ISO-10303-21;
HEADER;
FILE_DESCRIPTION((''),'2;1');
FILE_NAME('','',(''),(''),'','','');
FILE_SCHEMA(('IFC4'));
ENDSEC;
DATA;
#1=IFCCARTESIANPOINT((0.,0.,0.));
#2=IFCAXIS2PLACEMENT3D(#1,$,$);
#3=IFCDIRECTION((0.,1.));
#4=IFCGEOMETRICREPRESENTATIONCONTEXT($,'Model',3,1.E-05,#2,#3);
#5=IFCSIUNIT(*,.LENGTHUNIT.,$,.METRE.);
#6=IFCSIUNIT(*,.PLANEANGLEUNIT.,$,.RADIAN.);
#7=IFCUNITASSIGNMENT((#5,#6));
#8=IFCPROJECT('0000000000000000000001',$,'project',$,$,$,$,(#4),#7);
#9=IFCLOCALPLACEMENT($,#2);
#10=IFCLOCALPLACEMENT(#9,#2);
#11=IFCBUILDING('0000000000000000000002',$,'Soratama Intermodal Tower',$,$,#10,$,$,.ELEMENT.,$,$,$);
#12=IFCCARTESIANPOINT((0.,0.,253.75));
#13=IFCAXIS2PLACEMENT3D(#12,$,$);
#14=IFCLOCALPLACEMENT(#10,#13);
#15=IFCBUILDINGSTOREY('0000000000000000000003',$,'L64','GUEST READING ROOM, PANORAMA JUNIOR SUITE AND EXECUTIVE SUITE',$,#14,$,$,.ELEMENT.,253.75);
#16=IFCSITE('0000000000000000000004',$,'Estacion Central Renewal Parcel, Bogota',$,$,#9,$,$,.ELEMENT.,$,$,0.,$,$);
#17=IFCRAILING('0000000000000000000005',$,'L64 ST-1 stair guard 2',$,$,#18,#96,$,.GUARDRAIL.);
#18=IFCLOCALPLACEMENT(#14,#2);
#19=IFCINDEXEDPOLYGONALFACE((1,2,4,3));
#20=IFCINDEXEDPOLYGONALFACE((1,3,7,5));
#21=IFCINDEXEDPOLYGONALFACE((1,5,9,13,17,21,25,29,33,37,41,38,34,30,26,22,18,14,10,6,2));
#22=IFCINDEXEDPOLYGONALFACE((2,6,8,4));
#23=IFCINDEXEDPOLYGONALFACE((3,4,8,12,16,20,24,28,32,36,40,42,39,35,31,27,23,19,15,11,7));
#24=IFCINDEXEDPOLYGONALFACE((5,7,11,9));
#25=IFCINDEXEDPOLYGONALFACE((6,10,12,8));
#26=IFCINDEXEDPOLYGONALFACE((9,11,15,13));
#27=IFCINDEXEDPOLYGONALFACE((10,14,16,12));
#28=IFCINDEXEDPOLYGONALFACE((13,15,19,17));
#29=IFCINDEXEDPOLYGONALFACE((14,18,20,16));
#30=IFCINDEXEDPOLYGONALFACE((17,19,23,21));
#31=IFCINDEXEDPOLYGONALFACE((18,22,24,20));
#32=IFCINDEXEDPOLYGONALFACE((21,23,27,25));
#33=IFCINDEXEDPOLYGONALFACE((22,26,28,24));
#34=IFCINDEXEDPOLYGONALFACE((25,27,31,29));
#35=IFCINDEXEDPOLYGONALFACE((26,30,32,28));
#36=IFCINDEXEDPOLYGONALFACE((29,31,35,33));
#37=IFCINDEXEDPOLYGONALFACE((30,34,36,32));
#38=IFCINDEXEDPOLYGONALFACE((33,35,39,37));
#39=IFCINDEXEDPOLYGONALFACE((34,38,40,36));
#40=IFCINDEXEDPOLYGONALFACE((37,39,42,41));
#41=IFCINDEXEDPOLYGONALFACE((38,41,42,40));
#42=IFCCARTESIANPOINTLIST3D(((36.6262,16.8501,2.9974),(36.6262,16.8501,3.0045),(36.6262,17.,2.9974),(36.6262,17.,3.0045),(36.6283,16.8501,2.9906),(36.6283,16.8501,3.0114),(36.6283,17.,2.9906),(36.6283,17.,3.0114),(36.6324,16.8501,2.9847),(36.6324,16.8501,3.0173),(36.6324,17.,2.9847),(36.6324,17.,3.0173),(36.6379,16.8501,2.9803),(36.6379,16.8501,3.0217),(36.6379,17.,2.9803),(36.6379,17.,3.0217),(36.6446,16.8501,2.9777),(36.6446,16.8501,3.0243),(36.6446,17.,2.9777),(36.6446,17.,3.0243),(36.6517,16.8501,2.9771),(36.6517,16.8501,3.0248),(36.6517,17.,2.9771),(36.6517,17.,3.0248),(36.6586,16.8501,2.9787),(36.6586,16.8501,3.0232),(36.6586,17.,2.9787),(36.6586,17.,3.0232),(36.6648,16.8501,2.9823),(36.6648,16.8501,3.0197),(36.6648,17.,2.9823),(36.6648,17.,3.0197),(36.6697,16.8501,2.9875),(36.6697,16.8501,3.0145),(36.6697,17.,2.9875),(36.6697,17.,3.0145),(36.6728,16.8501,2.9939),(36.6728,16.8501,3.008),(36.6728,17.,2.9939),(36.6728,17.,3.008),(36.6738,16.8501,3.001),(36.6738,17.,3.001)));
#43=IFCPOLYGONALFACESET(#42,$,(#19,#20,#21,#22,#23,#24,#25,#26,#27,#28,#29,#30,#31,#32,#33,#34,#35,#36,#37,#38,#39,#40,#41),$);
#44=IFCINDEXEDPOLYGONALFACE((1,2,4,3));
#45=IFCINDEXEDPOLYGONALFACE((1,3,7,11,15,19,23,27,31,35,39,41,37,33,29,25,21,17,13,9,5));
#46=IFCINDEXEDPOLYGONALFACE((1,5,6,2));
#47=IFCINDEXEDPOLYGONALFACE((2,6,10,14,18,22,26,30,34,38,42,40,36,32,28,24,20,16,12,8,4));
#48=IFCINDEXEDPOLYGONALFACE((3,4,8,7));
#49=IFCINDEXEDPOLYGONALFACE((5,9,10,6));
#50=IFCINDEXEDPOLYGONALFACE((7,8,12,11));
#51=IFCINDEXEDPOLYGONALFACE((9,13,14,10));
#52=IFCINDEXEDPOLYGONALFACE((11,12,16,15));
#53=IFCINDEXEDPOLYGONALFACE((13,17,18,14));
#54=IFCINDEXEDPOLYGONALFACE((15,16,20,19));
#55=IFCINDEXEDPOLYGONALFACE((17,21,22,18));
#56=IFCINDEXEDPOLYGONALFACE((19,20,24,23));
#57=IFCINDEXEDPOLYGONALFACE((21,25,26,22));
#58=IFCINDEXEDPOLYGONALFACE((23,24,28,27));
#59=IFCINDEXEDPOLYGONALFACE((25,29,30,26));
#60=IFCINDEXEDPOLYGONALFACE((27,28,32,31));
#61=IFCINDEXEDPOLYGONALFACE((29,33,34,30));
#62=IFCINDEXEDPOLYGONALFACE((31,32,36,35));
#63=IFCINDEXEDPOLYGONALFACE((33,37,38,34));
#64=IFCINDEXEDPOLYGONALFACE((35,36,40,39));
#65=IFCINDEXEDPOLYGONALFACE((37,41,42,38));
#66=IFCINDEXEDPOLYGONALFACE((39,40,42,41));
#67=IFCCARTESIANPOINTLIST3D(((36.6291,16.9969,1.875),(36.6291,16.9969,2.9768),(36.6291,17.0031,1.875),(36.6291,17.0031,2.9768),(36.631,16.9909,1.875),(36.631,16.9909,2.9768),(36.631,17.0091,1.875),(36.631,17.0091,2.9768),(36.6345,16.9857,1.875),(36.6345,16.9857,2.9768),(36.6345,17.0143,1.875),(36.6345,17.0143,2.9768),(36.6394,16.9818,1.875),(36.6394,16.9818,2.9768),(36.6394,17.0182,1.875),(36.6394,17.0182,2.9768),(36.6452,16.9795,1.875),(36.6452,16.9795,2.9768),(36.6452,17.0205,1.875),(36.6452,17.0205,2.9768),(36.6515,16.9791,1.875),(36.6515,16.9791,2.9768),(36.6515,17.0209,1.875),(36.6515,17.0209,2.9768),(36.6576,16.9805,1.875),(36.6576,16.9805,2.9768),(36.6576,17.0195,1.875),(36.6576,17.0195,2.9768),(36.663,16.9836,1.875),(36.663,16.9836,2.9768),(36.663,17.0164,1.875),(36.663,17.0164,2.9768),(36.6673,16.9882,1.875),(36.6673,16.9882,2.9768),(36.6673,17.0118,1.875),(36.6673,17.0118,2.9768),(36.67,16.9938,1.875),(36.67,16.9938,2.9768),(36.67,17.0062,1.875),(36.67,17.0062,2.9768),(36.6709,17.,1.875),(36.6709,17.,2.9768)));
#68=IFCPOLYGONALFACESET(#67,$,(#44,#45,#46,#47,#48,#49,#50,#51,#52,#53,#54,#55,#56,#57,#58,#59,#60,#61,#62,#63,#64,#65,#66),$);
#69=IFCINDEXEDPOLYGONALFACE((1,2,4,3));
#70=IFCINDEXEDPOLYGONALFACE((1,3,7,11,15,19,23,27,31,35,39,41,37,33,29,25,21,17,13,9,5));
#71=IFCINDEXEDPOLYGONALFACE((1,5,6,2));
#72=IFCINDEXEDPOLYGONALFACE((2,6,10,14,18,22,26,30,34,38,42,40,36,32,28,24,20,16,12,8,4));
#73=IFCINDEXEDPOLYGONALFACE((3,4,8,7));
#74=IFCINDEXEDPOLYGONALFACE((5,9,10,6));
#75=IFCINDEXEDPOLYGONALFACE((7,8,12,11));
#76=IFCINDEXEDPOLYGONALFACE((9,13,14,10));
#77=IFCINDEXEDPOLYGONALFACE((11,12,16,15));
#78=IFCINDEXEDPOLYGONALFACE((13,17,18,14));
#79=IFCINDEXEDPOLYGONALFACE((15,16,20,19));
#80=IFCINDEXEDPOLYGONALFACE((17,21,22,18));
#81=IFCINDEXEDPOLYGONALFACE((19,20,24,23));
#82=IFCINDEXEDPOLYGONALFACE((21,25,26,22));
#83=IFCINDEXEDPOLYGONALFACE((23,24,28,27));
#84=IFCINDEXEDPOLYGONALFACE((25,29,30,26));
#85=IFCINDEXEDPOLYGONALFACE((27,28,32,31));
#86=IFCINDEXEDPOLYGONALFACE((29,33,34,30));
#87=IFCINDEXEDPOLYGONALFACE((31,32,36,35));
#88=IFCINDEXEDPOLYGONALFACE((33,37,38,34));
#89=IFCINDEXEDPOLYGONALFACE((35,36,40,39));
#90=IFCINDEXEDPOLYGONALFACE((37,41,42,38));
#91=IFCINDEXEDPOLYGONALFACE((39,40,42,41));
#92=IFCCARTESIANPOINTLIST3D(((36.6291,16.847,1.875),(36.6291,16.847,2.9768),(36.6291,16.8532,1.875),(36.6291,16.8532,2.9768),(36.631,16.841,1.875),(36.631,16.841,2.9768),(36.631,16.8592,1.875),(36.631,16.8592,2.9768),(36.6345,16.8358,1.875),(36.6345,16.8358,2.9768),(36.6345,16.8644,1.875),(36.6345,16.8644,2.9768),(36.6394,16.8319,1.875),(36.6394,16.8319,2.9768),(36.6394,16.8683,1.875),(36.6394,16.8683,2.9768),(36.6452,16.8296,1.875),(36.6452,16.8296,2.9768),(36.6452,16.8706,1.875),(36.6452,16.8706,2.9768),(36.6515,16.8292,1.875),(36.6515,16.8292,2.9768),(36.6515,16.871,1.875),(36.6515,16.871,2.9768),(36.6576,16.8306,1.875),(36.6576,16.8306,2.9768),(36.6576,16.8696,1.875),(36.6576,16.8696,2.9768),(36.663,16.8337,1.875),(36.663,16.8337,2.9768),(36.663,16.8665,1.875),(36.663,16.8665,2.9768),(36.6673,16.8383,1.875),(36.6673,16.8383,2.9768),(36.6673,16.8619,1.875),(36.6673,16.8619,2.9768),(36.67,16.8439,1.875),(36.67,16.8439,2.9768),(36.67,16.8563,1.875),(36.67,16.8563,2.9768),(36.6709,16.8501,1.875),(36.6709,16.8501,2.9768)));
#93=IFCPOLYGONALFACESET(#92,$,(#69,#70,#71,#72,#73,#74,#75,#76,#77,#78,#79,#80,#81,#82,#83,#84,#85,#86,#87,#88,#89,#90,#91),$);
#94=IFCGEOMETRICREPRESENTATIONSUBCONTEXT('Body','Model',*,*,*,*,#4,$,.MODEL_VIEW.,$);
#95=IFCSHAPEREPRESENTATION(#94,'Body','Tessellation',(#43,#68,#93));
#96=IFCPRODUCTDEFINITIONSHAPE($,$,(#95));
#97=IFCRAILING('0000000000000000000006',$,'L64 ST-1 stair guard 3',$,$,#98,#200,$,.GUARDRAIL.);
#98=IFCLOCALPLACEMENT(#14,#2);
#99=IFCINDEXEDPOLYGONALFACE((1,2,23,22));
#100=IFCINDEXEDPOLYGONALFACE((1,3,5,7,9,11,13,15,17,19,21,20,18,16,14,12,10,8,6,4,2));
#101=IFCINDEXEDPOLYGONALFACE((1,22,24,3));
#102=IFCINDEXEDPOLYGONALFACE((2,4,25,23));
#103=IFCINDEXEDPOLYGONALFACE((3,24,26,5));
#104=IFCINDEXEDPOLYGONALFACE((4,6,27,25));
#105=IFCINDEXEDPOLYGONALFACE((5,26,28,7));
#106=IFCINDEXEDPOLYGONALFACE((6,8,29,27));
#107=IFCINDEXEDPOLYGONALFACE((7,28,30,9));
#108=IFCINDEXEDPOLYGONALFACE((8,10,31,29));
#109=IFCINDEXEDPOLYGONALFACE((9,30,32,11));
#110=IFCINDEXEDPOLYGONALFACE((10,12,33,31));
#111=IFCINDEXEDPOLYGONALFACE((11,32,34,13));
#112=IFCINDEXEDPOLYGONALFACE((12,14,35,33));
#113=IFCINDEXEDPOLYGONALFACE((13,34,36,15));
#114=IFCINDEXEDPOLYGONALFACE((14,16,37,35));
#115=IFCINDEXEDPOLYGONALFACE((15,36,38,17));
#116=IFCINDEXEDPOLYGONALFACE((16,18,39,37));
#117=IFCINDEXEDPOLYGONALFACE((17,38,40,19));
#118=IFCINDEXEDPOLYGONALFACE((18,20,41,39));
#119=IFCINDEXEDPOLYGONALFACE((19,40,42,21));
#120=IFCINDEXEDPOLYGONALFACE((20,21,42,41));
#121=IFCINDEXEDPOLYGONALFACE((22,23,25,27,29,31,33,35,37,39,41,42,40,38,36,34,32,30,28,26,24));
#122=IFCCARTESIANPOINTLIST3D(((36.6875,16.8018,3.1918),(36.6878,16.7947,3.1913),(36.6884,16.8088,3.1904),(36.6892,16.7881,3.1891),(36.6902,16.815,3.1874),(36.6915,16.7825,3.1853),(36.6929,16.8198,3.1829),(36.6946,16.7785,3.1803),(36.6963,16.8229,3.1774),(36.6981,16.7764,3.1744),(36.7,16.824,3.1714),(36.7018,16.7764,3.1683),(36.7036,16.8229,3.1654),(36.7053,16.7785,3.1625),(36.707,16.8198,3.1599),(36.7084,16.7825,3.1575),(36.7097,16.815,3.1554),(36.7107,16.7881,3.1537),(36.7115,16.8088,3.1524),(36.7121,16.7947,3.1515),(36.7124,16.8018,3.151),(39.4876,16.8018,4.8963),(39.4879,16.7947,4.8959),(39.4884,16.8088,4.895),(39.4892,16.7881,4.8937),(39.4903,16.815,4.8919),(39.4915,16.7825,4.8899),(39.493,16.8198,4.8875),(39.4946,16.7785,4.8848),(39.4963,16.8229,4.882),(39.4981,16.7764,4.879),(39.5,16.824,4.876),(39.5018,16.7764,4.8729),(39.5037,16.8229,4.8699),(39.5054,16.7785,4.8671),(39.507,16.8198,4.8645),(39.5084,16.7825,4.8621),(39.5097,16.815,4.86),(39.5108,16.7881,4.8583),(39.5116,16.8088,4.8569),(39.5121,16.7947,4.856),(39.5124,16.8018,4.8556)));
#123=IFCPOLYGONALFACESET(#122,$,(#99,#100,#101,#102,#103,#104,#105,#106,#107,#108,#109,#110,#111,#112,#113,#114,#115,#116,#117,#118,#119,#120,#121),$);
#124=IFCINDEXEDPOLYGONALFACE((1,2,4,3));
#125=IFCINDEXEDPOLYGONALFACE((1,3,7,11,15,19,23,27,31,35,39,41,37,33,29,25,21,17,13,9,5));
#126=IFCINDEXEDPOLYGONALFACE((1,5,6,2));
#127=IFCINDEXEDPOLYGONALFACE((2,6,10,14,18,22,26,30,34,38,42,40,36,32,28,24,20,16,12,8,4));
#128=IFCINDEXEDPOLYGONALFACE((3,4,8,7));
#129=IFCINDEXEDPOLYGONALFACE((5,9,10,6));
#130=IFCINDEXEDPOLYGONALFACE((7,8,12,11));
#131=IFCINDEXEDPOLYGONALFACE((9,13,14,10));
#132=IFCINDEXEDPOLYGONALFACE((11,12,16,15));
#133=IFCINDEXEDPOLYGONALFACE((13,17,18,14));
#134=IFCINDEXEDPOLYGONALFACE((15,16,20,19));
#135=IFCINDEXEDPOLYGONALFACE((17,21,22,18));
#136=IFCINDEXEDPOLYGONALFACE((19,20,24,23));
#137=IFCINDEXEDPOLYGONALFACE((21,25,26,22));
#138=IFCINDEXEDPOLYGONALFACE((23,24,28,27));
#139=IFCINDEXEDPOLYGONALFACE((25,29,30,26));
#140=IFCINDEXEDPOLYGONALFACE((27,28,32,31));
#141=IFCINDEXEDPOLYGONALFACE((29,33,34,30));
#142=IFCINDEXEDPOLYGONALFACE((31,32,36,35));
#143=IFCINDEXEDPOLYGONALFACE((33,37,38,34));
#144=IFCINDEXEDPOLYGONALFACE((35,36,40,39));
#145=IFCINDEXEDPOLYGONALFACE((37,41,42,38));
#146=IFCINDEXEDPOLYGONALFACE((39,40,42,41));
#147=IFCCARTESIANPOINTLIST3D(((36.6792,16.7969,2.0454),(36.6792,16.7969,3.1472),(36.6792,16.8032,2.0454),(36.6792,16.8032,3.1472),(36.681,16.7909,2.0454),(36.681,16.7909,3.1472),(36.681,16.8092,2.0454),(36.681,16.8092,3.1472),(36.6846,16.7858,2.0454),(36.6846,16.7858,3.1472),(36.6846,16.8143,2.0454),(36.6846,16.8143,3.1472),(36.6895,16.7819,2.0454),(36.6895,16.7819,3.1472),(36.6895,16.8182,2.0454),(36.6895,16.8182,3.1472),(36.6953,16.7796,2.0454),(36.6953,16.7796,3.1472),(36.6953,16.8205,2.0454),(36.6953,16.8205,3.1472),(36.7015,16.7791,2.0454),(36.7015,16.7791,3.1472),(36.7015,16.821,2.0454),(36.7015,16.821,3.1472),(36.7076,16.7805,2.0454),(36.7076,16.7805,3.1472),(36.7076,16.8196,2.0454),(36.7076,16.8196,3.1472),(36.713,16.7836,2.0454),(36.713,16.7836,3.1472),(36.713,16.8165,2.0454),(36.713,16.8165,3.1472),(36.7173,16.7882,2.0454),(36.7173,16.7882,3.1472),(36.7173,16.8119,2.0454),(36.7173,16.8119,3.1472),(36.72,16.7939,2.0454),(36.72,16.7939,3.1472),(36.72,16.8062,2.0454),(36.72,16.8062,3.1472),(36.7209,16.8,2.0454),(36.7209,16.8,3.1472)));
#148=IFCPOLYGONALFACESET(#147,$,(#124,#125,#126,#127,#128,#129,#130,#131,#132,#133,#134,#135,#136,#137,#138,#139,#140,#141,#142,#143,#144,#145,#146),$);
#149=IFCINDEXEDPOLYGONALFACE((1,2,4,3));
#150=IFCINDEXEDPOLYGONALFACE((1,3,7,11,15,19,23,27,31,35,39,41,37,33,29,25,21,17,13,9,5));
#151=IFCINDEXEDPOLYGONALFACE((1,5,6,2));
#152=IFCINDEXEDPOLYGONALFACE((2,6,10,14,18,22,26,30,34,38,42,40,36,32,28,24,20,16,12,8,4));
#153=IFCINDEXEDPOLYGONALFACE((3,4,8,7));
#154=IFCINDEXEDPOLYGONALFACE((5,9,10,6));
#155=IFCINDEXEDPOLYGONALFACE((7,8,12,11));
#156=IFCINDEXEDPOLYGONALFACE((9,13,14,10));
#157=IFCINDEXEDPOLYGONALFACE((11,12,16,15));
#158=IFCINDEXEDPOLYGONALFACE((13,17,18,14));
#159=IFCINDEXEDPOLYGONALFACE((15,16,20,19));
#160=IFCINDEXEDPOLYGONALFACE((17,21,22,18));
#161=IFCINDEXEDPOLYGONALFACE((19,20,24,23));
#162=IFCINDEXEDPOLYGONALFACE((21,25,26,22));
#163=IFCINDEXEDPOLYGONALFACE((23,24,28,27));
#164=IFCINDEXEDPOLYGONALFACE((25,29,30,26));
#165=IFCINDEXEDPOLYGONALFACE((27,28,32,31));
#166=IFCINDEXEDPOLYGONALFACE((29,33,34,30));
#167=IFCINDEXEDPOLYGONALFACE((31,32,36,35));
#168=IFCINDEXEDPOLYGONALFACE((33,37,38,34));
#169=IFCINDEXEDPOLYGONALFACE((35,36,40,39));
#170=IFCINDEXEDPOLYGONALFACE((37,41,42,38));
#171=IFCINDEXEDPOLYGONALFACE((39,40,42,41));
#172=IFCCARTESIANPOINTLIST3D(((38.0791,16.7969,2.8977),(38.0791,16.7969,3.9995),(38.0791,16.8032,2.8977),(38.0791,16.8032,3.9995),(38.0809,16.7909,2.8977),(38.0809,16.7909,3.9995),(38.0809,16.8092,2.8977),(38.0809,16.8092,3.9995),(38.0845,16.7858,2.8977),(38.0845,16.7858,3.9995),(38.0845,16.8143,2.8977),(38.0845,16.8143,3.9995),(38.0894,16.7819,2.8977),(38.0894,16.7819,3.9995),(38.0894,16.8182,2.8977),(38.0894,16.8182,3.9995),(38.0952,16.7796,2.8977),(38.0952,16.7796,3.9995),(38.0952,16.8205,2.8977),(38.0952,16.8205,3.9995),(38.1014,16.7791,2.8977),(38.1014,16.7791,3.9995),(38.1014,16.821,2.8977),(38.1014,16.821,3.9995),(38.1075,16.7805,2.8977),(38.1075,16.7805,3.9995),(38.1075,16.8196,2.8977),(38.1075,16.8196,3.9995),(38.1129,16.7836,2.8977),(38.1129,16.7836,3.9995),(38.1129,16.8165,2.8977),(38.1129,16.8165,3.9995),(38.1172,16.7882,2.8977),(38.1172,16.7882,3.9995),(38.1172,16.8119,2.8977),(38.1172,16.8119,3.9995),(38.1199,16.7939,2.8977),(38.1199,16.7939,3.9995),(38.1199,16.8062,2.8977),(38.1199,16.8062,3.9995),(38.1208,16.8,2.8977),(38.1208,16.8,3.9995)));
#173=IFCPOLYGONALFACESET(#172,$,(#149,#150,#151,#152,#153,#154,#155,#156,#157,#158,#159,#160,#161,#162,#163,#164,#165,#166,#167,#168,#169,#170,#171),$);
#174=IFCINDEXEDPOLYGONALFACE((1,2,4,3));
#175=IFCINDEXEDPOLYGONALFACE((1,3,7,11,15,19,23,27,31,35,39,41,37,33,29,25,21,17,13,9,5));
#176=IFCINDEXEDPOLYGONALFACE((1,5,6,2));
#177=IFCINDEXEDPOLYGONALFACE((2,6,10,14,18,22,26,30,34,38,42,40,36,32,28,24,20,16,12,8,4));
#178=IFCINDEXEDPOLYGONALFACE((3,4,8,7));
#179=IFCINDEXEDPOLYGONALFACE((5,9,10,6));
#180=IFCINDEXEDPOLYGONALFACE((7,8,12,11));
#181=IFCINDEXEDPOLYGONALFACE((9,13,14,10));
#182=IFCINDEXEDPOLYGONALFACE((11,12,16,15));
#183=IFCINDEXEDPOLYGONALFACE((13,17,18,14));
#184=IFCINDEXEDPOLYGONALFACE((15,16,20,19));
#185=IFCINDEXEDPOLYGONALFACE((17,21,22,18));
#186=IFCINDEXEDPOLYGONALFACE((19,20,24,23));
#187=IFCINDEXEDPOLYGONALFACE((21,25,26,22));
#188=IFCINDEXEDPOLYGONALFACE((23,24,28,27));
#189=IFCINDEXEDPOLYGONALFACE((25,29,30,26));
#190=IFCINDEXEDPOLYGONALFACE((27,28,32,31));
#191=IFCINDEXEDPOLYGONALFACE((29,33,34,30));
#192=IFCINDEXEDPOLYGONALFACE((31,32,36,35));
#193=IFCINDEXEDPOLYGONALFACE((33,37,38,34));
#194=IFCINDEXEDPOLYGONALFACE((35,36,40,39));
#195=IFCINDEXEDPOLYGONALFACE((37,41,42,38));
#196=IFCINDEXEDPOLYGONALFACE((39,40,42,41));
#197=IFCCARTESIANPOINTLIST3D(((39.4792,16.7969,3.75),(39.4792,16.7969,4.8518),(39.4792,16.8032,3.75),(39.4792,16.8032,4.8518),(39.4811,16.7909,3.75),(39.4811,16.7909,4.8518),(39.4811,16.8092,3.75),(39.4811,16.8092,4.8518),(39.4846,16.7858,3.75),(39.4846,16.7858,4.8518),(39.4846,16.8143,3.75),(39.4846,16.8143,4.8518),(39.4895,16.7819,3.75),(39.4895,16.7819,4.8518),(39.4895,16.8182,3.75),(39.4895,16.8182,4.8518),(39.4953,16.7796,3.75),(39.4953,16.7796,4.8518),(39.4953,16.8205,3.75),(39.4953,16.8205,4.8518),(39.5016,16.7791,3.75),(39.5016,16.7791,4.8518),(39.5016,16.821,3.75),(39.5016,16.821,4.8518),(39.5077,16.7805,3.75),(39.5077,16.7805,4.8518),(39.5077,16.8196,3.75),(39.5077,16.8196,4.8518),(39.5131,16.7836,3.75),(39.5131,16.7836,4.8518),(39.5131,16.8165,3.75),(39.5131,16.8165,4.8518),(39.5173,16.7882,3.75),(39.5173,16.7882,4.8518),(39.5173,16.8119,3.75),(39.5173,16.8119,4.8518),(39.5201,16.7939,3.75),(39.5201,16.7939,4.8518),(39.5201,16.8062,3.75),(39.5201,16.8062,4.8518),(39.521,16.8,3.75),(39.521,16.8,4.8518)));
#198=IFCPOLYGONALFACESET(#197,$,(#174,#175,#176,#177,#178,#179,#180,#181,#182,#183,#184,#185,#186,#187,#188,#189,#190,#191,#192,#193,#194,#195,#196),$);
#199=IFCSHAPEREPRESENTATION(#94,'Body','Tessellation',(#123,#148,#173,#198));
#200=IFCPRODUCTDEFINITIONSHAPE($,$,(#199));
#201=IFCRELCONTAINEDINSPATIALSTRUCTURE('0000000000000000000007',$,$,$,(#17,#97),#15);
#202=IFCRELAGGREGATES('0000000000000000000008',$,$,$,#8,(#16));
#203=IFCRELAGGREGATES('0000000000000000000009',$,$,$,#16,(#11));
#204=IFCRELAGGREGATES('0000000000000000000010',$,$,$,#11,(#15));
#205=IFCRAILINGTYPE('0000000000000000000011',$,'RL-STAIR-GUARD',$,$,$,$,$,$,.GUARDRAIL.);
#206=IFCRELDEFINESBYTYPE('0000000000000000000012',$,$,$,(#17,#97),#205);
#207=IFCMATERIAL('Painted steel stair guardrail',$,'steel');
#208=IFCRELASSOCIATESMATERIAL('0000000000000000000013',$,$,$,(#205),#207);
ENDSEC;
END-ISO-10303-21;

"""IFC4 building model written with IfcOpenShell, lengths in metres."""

from ifc_helpers import new_model, si_unit, direction, frame, origin, origin_2d, place, context, subcontext, project, spatial, circle, extrude, material, type_object, element, save


model = new_model("IFC4")

# Units and contexts
model_context = context("Model", 3, precision=1e-05, world=origin(), true_north=direction((0.0, 1.0)))
body_context = subcontext(model_context, "Body", "Model", "MODEL_VIEW")
ifc_project = project(units=[si_unit("LENGTHUNIT", "METRE"), si_unit("PLANEANGLEUNIT", "RADIAN")], contexts=[model_context])

# Site, building, storey
site_placement = place(None, origin())
site = spatial("IfcSite", under=ifc_project, at=site_placement, Name="Estacion Central Renewal Parcel, Bogota", CompositionType="ELEMENT", RefElevation=0.0)
building_placement = place(site_placement, origin())
building = spatial("IfcBuilding", under=site, at=building_placement, Name="Soratama Intermodal Tower", CompositionType="ELEMENT")
storey_placement = place(building_placement, frame((0.0, 0.0, 253.75)))
storey = spatial("IfcBuildingStorey", under=building, at=storey_placement, Name="L64", Description="GUEST READING ROOM, PANORAMA JUNIOR SUITE AND EXECUTIVE SUITE", CompositionType="ELEMENT", Elevation=253.75)

# Railings
ifc_material_1 = material(Name="Painted steel stair guardrail", Category="steel")
railing_type_1 = type_object("IfcRailingType", Name="RL-STAIR-GUARD", PredefinedType="GUARDRAIL", material=ifc_material_1)
railing_1_placement = place(storey_placement, frame((36.6499, 17.0, 1.875)))
element("IfcRailing", 1, at=railing_1_placement, inside=storey, type_object=railing_type_1, Name="L64 ST-1 stair guard 2", PredefinedType="GUARDRAIL", context=body_context, shape_type="SweptSolid", body=[
    extrude(circle(Radius=0.0239, at=origin_2d()), frame((0.0, 0.0, 1.126), z_axis=(0.0, -1.0, 0.0), x_axis=(1.0, 0.0, 0.0)), (0.0, 0.0, 1.0), 0.1499),
    extrude(circle(Radius=0.021, at=origin_2d()), origin(), (0.0, 0.0, 1.0), 1.1018),
    extrude(circle(Radius=0.021, at=origin_2d()), frame((0.0, -0.1499, 0.0)), (0.0, 0.0, 1.0), 1.1018),
])
railing_2_placement = place(storey_placement, frame((36.7, 16.8, 2.0454)))
element("IfcRailing", 2, at=railing_2_placement, inside=storey, type_object=railing_type_1, Name="L64 ST-1 stair guard 3", PredefinedType="GUARDRAIL", context=body_context, shape_type="SweptSolid", body=[
    extrude(circle(Radius=0.0239, at=origin_2d()), frame((0.0, 0.0, 1.126), z_axis=(0.85417, 0.0, 0.519994), x_axis=(0.0, 1.0, 0.0)), (0.0, 0.0, 1.0), 3.2781),
    extrude(circle(Radius=0.021, at=origin_2d()), origin(), (0.0, 0.0, 1.0), 1.1018),
    extrude(circle(Radius=0.021, at=origin_2d()), frame((1.3999, 0.0, 0.8523)), (0.0, 0.0, 1.0), 1.1018),
    extrude(circle(Radius=0.021, at=origin_2d()), frame((2.8, 0.0, 1.7046)), (0.0, 0.0, 1.0), 1.1018),
])

save(model, "model.ifc")
